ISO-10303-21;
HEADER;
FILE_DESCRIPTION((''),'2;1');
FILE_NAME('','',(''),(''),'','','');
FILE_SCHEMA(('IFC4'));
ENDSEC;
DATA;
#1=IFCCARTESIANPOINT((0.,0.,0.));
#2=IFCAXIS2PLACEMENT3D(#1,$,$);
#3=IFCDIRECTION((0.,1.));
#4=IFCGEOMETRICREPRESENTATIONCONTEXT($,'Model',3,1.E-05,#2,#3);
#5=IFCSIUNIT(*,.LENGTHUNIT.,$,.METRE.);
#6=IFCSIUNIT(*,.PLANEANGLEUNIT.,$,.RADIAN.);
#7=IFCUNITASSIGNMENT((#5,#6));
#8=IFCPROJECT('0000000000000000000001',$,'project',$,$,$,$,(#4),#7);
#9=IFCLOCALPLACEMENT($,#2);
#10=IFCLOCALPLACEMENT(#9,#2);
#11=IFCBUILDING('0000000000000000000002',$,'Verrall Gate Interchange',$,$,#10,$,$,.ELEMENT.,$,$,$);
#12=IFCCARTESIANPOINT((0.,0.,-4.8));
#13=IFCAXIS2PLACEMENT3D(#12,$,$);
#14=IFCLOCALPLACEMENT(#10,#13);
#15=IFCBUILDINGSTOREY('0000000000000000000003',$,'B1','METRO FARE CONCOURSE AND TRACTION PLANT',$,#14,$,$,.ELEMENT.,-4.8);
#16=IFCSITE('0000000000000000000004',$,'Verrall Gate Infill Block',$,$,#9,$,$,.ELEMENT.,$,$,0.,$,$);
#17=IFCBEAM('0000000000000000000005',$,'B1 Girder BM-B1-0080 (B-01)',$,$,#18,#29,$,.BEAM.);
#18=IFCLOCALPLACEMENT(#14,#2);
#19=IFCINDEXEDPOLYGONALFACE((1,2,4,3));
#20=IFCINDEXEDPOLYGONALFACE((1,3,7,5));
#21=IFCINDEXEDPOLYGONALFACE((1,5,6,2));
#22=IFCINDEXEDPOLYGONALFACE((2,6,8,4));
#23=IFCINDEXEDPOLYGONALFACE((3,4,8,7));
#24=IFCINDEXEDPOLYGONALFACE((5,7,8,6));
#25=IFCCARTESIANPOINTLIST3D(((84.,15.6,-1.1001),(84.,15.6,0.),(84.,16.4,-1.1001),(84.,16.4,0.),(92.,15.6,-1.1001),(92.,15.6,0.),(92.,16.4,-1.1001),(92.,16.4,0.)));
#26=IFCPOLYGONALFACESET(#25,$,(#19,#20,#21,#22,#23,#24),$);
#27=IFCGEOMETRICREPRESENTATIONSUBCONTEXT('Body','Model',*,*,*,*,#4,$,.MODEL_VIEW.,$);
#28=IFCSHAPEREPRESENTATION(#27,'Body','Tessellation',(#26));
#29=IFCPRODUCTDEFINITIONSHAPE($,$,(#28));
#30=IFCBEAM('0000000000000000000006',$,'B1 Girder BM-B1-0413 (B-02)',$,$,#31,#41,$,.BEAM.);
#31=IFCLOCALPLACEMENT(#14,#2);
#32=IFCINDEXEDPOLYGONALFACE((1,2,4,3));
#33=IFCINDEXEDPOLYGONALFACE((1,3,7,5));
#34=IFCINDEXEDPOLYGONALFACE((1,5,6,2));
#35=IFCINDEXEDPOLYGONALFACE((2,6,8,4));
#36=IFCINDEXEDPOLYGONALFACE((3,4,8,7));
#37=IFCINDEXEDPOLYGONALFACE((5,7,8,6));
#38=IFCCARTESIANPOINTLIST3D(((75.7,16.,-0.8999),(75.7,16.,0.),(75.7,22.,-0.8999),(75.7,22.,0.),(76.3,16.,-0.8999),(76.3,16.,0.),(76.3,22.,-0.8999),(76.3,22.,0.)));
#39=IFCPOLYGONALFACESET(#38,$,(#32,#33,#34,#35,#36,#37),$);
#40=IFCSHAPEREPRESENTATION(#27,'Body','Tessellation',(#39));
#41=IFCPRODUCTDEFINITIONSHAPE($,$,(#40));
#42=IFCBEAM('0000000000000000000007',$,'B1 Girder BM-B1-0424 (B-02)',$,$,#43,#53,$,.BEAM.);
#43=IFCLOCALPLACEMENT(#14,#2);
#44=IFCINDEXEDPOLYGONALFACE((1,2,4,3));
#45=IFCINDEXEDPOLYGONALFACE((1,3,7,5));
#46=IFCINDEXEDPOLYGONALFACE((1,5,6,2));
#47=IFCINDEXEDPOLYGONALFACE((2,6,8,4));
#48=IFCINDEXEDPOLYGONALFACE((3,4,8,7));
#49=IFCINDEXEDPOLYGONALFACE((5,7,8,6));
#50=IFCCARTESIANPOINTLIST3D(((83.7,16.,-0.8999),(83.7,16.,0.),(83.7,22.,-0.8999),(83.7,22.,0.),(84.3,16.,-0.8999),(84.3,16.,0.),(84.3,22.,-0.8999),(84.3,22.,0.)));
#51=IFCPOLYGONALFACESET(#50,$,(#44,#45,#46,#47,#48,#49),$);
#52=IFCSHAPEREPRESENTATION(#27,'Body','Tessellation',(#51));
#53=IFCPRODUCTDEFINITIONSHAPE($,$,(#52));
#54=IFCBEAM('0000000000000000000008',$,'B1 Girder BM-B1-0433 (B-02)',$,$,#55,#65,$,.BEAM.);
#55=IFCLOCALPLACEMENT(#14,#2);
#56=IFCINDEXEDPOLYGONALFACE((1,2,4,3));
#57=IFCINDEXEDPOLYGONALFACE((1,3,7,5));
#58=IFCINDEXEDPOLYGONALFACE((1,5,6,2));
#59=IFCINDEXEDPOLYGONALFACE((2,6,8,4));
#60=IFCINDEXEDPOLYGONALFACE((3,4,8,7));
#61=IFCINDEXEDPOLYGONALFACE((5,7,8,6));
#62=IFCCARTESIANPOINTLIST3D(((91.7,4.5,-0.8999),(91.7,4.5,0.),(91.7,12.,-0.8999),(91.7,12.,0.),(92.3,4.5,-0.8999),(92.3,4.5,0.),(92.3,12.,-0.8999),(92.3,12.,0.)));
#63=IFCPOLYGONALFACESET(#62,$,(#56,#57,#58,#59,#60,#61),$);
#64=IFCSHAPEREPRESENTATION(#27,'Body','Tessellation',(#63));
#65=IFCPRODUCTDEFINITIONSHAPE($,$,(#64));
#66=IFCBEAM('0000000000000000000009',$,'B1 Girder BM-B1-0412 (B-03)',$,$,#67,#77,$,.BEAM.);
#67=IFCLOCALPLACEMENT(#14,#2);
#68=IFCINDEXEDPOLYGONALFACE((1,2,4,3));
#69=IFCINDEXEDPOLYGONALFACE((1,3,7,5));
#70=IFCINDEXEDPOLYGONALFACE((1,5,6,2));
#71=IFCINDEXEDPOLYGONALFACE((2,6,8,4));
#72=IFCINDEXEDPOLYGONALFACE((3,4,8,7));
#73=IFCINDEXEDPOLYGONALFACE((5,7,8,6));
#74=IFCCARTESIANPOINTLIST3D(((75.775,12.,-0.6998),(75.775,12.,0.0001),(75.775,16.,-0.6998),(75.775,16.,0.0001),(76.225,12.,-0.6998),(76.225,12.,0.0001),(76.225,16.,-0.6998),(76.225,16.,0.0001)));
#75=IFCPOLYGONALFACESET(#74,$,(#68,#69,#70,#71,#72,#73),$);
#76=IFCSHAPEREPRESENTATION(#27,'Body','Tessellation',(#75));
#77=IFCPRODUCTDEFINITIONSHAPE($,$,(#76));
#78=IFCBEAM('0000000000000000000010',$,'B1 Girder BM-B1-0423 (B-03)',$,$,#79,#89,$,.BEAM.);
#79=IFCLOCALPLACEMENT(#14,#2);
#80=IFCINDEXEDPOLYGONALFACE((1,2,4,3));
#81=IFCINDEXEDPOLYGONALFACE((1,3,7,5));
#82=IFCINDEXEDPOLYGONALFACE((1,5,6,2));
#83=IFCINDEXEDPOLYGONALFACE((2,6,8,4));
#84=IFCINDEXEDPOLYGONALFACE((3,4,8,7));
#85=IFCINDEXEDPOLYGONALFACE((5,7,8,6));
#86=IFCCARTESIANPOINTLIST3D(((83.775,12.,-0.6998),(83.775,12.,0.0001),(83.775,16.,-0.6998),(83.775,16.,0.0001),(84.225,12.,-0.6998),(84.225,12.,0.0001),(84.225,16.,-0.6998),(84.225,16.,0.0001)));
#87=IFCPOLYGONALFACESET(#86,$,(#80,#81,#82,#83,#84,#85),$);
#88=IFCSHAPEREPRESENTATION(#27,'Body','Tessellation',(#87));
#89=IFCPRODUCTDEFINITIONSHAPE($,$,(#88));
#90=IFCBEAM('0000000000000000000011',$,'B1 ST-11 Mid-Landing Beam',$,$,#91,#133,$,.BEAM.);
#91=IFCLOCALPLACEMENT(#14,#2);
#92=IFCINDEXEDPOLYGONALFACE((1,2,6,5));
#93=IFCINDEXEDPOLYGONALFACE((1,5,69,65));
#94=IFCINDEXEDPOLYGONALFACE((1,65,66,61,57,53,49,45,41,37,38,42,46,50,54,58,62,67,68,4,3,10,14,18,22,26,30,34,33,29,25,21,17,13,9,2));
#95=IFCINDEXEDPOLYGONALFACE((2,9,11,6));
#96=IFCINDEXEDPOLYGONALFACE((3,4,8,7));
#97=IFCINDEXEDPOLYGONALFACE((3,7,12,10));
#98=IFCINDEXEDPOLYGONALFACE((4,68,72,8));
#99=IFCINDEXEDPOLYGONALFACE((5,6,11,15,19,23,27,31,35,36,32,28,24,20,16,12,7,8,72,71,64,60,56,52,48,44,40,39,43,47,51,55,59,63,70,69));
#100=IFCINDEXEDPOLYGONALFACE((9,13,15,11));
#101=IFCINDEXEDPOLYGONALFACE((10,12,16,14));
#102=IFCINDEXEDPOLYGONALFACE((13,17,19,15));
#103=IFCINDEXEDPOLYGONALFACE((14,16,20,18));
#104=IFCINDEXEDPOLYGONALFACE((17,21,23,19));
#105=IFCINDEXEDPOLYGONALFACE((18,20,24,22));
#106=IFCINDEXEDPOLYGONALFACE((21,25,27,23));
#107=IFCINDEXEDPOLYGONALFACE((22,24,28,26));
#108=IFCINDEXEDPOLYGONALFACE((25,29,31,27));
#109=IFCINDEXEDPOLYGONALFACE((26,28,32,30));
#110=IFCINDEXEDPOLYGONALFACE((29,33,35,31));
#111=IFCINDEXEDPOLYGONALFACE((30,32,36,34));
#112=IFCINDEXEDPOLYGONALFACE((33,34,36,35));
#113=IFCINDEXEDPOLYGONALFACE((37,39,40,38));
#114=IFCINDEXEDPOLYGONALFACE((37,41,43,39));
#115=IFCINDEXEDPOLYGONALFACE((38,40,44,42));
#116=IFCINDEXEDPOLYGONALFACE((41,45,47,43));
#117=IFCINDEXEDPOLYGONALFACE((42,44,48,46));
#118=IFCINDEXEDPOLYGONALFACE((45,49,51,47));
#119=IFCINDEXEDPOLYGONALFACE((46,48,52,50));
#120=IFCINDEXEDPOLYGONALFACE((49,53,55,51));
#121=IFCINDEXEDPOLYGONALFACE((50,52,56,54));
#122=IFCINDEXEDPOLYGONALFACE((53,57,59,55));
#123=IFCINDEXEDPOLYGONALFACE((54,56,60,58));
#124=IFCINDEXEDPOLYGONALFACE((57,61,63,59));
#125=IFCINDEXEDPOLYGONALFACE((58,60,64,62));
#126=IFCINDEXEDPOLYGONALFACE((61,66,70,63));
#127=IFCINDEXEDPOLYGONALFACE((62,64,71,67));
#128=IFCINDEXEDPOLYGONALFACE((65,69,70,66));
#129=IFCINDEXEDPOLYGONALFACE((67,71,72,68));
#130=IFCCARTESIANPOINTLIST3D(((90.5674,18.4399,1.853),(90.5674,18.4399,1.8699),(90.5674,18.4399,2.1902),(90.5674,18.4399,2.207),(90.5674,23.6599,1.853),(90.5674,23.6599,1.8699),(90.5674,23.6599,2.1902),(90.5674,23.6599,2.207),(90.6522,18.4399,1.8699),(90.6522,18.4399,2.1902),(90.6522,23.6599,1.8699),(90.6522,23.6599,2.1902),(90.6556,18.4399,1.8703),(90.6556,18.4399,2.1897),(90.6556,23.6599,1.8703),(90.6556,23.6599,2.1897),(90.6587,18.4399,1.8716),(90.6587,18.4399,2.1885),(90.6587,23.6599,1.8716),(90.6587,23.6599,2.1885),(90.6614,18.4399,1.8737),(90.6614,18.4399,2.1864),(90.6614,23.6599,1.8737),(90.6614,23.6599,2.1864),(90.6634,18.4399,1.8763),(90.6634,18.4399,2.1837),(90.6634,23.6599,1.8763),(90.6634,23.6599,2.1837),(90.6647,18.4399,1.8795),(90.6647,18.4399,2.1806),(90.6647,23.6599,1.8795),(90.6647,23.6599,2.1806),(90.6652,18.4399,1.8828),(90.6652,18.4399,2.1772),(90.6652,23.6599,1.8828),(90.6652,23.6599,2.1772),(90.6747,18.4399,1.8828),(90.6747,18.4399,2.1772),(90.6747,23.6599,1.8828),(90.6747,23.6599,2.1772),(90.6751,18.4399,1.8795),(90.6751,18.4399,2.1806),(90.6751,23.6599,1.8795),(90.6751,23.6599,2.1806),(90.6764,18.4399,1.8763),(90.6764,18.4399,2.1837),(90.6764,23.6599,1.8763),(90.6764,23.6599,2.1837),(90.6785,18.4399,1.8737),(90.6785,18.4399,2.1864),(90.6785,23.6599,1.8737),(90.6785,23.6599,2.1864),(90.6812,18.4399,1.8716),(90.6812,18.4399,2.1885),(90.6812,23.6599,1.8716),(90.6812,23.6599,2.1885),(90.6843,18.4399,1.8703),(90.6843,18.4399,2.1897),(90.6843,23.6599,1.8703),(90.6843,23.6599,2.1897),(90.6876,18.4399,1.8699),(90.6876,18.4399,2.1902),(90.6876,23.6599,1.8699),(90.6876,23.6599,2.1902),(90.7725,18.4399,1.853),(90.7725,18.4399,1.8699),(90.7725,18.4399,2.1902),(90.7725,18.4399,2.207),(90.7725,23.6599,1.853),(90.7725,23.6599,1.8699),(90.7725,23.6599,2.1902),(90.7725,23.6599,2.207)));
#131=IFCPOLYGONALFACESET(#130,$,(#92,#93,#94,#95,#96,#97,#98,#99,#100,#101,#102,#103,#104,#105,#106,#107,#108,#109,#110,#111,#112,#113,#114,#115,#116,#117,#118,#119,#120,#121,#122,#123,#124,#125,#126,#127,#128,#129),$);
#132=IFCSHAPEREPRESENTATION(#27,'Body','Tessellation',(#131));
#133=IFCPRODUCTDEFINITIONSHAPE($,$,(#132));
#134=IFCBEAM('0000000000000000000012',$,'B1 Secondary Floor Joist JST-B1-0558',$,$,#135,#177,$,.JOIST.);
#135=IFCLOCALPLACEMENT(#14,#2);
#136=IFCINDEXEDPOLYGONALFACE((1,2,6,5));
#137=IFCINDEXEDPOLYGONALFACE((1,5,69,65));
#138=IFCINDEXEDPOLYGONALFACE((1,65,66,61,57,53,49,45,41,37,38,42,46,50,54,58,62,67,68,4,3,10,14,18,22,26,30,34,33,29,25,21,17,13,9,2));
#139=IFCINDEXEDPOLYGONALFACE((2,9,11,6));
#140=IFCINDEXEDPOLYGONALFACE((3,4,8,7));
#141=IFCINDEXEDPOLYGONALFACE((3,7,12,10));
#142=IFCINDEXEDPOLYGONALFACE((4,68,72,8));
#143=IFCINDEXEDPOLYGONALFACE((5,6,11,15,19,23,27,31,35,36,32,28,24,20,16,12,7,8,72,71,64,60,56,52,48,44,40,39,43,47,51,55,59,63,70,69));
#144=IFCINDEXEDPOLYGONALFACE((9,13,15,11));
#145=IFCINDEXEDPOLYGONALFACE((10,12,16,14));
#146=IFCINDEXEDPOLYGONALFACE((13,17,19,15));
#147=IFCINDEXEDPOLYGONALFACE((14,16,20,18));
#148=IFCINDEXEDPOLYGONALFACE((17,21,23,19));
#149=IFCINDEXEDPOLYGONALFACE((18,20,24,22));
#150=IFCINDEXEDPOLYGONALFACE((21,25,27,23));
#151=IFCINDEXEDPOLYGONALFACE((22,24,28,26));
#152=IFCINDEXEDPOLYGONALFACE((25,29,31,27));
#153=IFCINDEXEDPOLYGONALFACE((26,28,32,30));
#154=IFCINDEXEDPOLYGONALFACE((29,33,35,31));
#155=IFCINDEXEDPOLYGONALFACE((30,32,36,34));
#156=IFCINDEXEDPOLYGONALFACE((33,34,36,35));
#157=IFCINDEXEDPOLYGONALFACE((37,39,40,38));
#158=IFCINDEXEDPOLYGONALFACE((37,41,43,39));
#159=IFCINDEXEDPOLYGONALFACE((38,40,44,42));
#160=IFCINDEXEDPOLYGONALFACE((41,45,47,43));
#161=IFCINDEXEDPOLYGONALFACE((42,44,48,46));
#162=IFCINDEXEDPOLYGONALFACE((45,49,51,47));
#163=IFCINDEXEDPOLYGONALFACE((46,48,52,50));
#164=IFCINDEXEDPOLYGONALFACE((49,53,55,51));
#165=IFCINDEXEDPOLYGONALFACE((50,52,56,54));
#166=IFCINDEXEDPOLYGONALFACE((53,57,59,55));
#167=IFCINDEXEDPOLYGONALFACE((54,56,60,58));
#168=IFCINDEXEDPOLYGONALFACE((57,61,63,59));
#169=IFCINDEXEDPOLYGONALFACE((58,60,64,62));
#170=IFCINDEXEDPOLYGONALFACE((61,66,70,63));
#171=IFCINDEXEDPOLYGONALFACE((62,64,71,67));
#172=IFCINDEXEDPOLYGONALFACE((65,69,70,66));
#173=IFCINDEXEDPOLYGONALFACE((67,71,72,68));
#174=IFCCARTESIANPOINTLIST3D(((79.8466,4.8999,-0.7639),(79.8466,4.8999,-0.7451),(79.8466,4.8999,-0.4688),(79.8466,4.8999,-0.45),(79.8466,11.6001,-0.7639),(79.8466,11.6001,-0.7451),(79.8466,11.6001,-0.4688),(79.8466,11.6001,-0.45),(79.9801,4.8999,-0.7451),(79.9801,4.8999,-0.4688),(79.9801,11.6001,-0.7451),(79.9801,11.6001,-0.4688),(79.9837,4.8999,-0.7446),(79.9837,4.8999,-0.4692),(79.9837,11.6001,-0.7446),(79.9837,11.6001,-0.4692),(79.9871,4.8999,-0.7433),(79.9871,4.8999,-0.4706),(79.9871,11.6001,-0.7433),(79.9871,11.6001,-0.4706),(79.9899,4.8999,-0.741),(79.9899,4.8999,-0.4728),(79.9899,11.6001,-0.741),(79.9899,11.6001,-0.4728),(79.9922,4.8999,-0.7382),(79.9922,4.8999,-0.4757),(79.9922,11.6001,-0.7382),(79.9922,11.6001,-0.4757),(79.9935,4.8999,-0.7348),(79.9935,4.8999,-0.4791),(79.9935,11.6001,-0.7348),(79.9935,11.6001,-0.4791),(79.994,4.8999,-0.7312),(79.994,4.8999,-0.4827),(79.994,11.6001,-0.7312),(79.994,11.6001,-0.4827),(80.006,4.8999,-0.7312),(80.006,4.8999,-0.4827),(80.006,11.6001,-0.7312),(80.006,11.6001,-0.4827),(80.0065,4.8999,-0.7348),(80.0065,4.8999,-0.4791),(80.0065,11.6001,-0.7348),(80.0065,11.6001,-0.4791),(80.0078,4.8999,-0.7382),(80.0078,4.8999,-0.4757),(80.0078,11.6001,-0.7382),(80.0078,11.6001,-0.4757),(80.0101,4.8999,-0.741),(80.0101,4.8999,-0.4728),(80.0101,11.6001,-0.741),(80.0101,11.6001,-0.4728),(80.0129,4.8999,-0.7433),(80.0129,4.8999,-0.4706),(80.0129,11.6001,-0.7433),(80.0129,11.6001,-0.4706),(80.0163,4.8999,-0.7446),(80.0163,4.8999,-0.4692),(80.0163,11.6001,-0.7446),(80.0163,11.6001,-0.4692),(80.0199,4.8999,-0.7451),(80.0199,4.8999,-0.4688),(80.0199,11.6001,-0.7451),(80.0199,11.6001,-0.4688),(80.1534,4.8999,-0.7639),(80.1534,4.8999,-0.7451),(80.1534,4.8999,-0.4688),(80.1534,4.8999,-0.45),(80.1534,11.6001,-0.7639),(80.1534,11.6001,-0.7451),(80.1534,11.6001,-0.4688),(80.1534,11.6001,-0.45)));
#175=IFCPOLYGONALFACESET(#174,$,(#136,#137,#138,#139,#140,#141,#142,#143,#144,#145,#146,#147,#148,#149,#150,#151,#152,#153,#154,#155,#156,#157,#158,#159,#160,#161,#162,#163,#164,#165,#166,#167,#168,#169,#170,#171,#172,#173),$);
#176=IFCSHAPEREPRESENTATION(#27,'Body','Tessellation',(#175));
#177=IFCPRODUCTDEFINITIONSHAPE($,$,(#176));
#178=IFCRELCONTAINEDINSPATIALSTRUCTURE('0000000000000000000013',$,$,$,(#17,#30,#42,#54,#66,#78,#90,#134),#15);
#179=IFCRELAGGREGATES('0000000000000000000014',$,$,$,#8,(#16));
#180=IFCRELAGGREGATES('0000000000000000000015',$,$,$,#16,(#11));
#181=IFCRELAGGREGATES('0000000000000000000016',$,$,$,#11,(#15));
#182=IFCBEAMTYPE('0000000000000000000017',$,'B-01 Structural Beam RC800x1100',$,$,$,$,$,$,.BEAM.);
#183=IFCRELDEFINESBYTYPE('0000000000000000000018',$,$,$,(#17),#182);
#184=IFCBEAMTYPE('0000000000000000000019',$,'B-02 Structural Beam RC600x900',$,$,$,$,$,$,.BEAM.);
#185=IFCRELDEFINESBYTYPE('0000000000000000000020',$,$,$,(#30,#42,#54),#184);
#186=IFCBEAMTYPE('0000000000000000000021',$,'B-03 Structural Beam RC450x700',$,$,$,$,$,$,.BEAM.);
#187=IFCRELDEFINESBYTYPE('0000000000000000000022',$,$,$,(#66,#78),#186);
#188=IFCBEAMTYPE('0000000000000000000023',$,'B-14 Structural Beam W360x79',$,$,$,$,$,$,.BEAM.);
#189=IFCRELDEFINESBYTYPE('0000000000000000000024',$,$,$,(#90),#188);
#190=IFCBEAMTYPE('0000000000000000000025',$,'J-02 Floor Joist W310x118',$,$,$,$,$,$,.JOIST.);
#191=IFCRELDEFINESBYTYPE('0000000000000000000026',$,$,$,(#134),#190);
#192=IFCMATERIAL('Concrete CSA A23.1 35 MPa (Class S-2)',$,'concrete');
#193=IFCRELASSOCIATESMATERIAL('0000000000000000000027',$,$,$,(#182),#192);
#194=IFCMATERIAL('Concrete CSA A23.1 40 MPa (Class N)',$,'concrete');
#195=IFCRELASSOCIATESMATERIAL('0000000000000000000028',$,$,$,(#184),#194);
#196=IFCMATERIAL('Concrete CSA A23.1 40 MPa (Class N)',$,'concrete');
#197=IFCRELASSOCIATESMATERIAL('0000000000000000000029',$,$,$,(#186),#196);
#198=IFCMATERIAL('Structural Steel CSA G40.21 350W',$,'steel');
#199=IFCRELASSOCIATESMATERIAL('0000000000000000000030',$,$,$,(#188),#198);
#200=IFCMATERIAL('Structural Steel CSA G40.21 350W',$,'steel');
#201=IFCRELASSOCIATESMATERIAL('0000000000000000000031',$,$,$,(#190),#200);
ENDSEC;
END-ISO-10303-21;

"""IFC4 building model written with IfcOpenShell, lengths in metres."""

from ifc_helpers import new_model, si_unit, direction, frame, origin, origin_2d, place, context, subcontext, project, spatial, rectangle, i_section, extrude, material, material_profile, profile_set, type_object, element, save


model = new_model("IFC4")

# Units and contexts
model_context = context("Model", 3, precision=1e-05, world=origin(), true_north=direction((0.0, 1.0)))
body_context = subcontext(model_context, "Body", "Model", "MODEL_VIEW")
ifc_project = project(units=[si_unit("LENGTHUNIT", "METRE"), si_unit("PLANEANGLEUNIT", "RADIAN")], contexts=[model_context])

# Site, building, storey
site_placement = place(None, origin())
site = spatial("IfcSite", under=ifc_project, at=site_placement, Name="Verrall Gate Infill Block", CompositionType="ELEMENT", RefElevation=0.0)
building_placement = place(site_placement, origin())
building = spatial("IfcBuilding", under=site, at=building_placement, Name="Verrall Gate Interchange", CompositionType="ELEMENT")
storey_placement = place(building_placement, frame((0.0, 0.0, -4.8)))
storey = spatial("IfcBuildingStorey", under=building, at=storey_placement, Name="B1", Description="METRO FARE CONCOURSE AND TRACTION PLANT", CompositionType="ELEMENT", Elevation=-4.8)

# Beams
ifc_material_1 = material(Name="Concrete CSA A23.1 35 MPa (Class S-2)", Category="concrete")
ifc_material_profile_1 = material_profile(ifc_material_1, rectangle(XDim=0.8, YDim=1.1001, at=origin_2d()), Name="RC800x1100")
ifc_profile_set_1 = profile_set([ifc_material_profile_1], Name="Concrete CSA A23.1 35 MPa (Class S-2)")
beam_type_1 = type_object("IfcBeamType", Name="B-01 Structural Beam RC800x1100", PredefinedType="BEAM", material=ifc_profile_set_1)
for number, where, z_axis, x_axis, name in (
    (1, (84.0, 16.0, -0.55), (1.0, 0.0, 0.0), (0.0, 1.0, 0.0), "B1 Girder BM-B1-0080 (B-01)"),
):
    element("IfcBeam", number, at=place(storey_placement, frame(where, z_axis=z_axis, x_axis=x_axis)), inside=storey, type_object=beam_type_1, Name=name, PredefinedType="BEAM", context=body_context, shape_type="SweptSolid", body=[
        extrude(rectangle(XDim=0.8, YDim=1.1001, at=origin_2d()), origin(), (0.0, 0.0, 1.0), 8.0),
    ])
ifc_material_2 = material(Name="Concrete CSA A23.1 40 MPa (Class N)", Category="concrete")
ifc_material_profile_2 = material_profile(ifc_material_2, rectangle(XDim=0.6001, YDim=0.8999, at=origin_2d()), Name="RC600x900")
ifc_profile_set_2 = profile_set([ifc_material_profile_2], Name="Concrete CSA A23.1 40 MPa (Class N)")
beam_type_2 = type_object("IfcBeamType", Name="B-02 Structural Beam RC600x900", PredefinedType="BEAM", material=ifc_profile_set_2)
for number, where, z_axis, x_axis, name in (
    (2, (76.0, 16.0, -0.45), (0.0, 1.0, 0.0), (-1.0, 0.0, 0.0), "B1 Girder BM-B1-0413 (B-02)"),
    (3, (84.0, 16.0, -0.45), (0.0, 1.0, 0.0), (-1.0, 0.0, 0.0), "B1 Girder BM-B1-0424 (B-02)"),
):
    element("IfcBeam", number, at=place(storey_placement, frame(where, z_axis=z_axis, x_axis=x_axis)), inside=storey, type_object=beam_type_2, Name=name, PredefinedType="BEAM", context=body_context, shape_type="SweptSolid", body=[
        extrude(rectangle(XDim=0.6001, YDim=0.8999, at=origin_2d()), origin(), (0.0, 0.0, 1.0), 6.0),
    ])
beam_1_placement = place(storey_placement, frame((92.0, 4.5, -0.45), z_axis=(0.0, 1.0, 0.0), x_axis=(-1.0, 0.0, 0.0)))
element("IfcBeam", 4, at=beam_1_placement, inside=storey, type_object=beam_type_2, Name="B1 Girder BM-B1-0433 (B-02)", PredefinedType="BEAM", context=body_context, shape_type="SweptSolid", body=[
    extrude(rectangle(XDim=0.6001, YDim=0.8999, at=origin_2d()), origin(), (0.0, 0.0, 1.0), 7.5),
])
ifc_material_3 = material(Name="Concrete CSA A23.1 40 MPa (Class N)", Category="concrete")
ifc_material_profile_3 = material_profile(ifc_material_3, rectangle(XDim=0.45, YDim=0.7, at=origin_2d()), Name="RC450x700")
ifc_profile_set_3 = profile_set([ifc_material_profile_3], Name="Concrete CSA A23.1 40 MPa (Class N)")
beam_type_3 = type_object("IfcBeamType", Name="B-03 Structural Beam RC450x700", PredefinedType="BEAM", material=ifc_profile_set_3)
for number, where, z_axis, x_axis, name in (
    (5, (76.0, 12.0, -0.3499), (0.0, 1.0, 0.0), (-1.0, 0.0, 0.0), "B1 Girder BM-B1-0412 (B-03)"),
    (6, (84.0, 12.0, -0.3499), (0.0, 1.0, 0.0), (-1.0, 0.0, 0.0), "B1 Girder BM-B1-0423 (B-03)"),
):
    element("IfcBeam", number, at=place(storey_placement, frame(where, z_axis=z_axis, x_axis=x_axis)), inside=storey, type_object=beam_type_3, Name=name, PredefinedType="BEAM", context=body_context, shape_type="SweptSolid", body=[
        extrude(rectangle(XDim=0.45, YDim=0.7, at=origin_2d()), origin(), (0.0, 0.0, 1.0), 4.0),
    ])
ifc_material_4 = material(Name="Structural Steel CSA G40.21 350W", Category="steel")
ifc_material_profile_4 = material_profile(ifc_material_4, i_section(OverallWidth=0.2051, OverallDepth=0.354, WebThickness=0.0095, FlangeThickness=0.0168, FilletRadius=0.0129, at=origin_2d()), Name="W360x79")
ifc_profile_set_4 = profile_set([ifc_material_profile_4], Name="Structural Steel CSA G40.21 350W")
beam_type_4 = type_object("IfcBeamType", Name="B-14 Structural Beam W360x79", PredefinedType="BEAM", material=ifc_profile_set_4)
beam_2_placement = place(storey_placement, frame((90.6699, 18.4399, 2.03), z_axis=(0.0, 1.0, 0.0), x_axis=(-1.0, 0.0, 0.0)))
element("IfcBeam", 7, at=beam_2_placement, inside=storey, type_object=beam_type_4, Name="B1 ST-11 Mid-Landing Beam", PredefinedType="BEAM", context=body_context, shape_type="SweptSolid", body=[
    extrude(i_section(OverallWidth=0.2051, OverallDepth=0.354, WebThickness=0.0095, FlangeThickness=0.0168, FilletRadius=0.0129, at=origin_2d()), origin(), (0.0, 0.0, 1.0), 5.22),
])
ifc_material_5 = material(Name="Structural Steel CSA G40.21 350W", Category="steel")
ifc_material_profile_5 = material_profile(ifc_material_5, i_section(OverallWidth=0.3069, OverallDepth=0.314, WebThickness=0.012, FlangeThickness=0.0188, FilletRadius=0.0139, at=origin_2d()), Name="W310x118")
ifc_profile_set_5 = profile_set([ifc_material_profile_5], Name="Structural Steel CSA G40.21 350W")
beam_type_5 = type_object("IfcBeamType", Name="J-02 Floor Joist W310x118", PredefinedType="JOIST", material=ifc_profile_set_5)
beam_3_placement = place(storey_placement, frame((80.0, 4.8999, -0.6069), z_axis=(0.0, 1.0, 0.0), x_axis=(-1.0, 0.0, 0.0)))
element("IfcBeam", 8, at=beam_3_placement, inside=storey, type_object=beam_type_5, Name="B1 Secondary Floor Joist JST-B1-0558", PredefinedType="JOIST", context=body_context, shape_type="SweptSolid", body=[
    extrude(i_section(OverallWidth=0.3069, OverallDepth=0.314, WebThickness=0.012, FlangeThickness=0.0188, FilletRadius=0.0139, at=origin_2d()), origin(), (0.0, 0.0, 1.0), 6.7002),
])

save(model, "model.ifc")
